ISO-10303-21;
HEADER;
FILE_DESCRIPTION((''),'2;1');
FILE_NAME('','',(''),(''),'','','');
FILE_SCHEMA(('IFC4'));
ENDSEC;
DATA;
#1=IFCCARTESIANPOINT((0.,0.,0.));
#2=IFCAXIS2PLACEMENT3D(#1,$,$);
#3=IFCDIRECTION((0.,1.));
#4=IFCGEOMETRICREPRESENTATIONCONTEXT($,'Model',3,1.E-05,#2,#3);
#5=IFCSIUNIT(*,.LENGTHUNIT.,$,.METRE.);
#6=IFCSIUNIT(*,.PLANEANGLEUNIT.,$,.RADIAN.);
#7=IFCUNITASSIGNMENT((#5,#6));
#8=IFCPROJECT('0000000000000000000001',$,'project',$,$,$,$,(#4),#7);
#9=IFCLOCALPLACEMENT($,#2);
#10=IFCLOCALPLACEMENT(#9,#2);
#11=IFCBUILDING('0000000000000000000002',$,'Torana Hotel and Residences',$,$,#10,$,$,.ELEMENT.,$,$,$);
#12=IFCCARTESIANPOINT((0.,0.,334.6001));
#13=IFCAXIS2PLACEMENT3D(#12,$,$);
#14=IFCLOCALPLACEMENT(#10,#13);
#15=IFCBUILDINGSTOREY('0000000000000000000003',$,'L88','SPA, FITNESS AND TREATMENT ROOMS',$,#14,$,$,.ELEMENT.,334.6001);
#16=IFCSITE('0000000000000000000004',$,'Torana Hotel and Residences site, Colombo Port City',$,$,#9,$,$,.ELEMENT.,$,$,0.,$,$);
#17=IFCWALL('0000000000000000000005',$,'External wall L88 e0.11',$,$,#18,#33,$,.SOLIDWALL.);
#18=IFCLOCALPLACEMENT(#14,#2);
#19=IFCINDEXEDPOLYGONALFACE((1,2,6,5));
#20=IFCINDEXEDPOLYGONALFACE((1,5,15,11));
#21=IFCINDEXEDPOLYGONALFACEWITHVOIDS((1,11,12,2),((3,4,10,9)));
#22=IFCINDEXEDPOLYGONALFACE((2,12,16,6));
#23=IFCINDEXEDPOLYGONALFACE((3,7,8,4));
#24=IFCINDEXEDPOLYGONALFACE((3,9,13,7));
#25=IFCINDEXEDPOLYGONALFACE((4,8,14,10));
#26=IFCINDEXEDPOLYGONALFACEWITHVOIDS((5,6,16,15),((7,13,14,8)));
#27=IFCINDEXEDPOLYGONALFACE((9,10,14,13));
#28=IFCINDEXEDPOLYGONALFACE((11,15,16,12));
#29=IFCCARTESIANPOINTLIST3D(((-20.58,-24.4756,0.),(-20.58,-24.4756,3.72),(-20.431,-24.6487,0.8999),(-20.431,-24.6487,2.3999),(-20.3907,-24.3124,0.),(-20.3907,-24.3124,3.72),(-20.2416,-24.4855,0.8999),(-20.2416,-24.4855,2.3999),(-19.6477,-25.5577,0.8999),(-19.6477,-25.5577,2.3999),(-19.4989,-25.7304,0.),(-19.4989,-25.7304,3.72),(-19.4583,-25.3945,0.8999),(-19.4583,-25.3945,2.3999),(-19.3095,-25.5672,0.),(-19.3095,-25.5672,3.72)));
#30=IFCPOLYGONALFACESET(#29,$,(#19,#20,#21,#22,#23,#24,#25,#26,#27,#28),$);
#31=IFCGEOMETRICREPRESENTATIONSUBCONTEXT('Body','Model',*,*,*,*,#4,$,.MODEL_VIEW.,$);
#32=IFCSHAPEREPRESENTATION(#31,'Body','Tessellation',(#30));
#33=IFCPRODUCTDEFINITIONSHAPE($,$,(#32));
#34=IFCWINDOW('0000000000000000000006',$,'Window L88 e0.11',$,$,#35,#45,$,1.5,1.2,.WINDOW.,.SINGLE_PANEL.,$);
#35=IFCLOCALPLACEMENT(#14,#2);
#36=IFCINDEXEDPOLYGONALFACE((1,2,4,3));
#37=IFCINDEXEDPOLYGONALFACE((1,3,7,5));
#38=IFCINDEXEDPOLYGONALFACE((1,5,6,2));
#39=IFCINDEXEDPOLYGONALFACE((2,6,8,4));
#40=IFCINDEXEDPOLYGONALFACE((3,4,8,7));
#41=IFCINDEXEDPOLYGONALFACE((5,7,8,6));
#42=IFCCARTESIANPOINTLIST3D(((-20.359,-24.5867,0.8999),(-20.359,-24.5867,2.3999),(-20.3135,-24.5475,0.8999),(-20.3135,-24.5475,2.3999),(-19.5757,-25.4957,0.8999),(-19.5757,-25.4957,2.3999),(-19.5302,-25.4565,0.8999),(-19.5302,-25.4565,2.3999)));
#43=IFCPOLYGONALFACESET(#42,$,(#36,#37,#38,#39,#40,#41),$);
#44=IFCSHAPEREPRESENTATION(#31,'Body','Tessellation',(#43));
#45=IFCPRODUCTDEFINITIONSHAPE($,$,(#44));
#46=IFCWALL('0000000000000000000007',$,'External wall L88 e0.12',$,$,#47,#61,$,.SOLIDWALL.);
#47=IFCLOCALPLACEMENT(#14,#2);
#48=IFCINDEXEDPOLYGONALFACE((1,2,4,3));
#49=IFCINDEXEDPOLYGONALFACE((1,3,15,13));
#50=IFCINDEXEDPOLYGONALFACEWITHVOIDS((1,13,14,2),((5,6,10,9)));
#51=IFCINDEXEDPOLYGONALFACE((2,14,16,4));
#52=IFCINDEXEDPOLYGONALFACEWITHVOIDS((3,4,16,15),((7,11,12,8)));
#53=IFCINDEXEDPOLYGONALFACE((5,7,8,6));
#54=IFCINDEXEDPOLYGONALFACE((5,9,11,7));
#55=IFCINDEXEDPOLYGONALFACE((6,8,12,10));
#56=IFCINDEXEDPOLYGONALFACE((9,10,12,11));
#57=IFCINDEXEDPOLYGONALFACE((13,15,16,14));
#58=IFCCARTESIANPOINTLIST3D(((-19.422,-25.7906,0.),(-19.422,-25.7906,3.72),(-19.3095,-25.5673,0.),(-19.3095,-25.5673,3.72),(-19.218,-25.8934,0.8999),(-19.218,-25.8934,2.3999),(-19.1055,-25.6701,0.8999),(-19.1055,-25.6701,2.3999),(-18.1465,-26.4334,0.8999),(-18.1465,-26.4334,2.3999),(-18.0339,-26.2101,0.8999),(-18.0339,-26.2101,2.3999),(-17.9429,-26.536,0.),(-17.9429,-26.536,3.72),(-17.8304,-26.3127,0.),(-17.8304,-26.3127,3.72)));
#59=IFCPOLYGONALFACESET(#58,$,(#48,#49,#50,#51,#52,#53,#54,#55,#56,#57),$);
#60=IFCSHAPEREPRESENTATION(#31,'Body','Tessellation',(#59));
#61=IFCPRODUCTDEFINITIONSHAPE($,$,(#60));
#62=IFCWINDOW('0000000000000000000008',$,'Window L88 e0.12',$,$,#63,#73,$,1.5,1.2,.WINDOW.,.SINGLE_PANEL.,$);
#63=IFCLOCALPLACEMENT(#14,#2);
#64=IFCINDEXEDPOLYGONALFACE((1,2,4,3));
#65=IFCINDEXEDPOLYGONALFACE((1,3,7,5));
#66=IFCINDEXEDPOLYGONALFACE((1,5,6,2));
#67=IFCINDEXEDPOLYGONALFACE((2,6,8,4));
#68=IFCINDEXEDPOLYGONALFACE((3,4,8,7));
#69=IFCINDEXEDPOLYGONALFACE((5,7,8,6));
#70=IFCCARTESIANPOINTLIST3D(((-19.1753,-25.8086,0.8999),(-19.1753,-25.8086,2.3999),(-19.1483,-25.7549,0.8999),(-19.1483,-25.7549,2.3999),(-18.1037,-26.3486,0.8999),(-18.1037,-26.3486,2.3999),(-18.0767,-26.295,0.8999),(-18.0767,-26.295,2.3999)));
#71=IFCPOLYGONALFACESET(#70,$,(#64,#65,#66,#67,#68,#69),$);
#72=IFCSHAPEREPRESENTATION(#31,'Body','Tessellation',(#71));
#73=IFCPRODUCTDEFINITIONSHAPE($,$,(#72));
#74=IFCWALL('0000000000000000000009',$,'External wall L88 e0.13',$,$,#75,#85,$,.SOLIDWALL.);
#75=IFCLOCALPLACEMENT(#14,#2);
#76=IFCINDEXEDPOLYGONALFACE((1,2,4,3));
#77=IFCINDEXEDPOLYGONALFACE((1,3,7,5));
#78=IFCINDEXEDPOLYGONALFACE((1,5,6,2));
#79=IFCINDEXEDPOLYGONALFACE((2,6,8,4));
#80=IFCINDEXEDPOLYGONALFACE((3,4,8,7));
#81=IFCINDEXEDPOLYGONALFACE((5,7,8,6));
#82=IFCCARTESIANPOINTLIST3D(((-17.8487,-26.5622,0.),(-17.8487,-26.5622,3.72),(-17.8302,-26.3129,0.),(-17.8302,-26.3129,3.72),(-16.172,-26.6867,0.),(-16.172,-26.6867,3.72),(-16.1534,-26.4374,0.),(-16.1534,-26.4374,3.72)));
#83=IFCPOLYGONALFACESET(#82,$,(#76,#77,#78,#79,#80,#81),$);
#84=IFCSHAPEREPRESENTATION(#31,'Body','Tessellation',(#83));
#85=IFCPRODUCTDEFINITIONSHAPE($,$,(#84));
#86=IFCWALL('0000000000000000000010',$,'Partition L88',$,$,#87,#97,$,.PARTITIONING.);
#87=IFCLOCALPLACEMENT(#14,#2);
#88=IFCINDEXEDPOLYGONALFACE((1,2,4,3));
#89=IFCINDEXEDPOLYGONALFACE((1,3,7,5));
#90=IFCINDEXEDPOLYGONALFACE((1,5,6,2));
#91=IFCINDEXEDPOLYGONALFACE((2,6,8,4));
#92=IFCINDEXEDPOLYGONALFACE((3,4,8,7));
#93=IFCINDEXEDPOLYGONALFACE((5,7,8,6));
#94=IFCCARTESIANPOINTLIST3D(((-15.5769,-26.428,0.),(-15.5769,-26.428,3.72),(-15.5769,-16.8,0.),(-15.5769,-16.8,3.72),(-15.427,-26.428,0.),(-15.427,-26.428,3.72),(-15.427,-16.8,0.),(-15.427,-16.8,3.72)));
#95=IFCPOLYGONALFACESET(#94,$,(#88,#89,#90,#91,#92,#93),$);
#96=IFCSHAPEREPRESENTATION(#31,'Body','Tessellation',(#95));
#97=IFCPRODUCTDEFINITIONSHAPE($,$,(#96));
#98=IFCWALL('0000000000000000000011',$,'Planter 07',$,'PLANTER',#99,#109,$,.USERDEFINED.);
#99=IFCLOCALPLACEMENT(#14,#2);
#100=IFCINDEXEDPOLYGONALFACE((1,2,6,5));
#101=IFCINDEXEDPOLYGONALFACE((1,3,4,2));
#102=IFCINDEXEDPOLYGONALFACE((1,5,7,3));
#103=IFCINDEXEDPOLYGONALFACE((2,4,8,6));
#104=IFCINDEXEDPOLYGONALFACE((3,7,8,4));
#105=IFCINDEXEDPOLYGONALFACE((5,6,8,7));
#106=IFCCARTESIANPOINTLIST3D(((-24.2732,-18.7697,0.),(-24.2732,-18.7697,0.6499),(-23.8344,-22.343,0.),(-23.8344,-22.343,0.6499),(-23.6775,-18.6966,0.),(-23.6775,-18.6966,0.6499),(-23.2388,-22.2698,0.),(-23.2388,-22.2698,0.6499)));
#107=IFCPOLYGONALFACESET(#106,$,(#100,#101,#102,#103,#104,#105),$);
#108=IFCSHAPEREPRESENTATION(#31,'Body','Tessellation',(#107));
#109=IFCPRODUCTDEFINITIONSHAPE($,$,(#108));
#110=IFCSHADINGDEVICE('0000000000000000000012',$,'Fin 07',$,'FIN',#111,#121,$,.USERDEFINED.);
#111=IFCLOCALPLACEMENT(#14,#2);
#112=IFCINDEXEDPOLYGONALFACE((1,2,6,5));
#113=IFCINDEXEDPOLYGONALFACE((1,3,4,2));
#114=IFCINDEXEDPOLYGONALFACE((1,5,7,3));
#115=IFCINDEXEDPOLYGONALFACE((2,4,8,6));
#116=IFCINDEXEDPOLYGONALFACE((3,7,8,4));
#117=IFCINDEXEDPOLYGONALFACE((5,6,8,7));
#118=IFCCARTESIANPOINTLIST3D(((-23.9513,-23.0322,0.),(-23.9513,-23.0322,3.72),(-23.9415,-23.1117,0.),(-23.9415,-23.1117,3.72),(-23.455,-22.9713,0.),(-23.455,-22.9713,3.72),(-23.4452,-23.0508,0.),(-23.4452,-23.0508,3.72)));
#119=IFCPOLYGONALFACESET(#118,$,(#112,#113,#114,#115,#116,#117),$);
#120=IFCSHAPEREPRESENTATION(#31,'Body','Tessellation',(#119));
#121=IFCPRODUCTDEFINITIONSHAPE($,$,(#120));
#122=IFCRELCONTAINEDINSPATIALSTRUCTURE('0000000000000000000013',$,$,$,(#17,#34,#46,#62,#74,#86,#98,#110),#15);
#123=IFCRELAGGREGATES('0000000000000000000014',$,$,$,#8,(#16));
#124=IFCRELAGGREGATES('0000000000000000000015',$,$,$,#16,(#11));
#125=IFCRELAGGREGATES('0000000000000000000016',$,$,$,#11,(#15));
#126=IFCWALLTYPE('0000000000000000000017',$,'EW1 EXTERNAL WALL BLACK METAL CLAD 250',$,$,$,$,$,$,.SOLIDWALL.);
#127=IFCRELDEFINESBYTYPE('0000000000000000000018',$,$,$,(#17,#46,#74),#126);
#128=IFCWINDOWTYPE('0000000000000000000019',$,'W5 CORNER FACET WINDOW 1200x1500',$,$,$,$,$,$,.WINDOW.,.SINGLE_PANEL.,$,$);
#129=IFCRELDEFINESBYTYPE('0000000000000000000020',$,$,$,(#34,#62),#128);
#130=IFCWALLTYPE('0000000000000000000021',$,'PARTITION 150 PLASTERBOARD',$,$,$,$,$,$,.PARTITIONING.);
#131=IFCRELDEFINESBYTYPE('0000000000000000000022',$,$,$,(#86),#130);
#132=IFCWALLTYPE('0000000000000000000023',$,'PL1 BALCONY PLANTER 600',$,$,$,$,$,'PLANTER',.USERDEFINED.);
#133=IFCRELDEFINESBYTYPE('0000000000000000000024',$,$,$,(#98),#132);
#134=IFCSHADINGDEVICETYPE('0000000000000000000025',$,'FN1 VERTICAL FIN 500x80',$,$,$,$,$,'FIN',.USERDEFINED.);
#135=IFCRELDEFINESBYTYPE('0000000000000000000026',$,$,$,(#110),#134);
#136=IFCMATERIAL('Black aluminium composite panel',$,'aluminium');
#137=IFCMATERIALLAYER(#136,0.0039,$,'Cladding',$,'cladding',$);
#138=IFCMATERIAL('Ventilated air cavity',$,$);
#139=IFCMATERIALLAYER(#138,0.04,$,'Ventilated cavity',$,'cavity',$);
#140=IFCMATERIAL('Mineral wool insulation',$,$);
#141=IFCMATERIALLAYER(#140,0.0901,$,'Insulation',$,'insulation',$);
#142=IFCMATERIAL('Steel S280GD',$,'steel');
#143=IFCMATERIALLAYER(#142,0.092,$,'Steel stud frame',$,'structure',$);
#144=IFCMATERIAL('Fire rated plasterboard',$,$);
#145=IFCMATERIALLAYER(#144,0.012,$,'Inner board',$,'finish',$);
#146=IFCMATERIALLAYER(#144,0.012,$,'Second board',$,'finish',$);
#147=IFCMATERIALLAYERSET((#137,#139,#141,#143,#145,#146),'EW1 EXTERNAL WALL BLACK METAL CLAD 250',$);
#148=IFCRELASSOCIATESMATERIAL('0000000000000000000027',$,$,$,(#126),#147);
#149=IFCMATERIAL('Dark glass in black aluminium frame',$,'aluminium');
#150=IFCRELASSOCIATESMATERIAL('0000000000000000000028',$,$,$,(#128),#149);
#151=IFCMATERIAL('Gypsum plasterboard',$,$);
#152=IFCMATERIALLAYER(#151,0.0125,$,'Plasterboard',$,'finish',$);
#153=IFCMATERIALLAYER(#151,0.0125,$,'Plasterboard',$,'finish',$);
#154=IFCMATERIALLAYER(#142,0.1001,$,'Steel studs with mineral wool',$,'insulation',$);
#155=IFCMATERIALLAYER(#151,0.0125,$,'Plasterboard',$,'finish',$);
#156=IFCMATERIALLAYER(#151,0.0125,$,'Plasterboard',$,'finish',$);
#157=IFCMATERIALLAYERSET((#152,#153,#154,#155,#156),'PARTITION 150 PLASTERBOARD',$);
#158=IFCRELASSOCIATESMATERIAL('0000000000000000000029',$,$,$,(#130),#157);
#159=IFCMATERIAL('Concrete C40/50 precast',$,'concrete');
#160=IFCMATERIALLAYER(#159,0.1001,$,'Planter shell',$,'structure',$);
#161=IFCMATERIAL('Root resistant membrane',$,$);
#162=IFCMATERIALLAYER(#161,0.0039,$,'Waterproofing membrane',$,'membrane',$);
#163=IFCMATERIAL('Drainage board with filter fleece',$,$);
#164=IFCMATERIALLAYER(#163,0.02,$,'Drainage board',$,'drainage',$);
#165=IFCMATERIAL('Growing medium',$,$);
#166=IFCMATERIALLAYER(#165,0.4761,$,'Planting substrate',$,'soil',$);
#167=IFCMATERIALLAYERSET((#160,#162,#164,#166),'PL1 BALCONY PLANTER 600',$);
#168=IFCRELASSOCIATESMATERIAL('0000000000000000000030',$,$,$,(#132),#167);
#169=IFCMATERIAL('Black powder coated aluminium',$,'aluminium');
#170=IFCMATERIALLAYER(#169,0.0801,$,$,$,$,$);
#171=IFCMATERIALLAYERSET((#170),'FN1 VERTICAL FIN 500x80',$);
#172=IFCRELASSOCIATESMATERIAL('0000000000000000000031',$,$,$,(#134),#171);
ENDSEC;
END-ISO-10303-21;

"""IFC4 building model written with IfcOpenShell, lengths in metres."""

from ifc_helpers import new_model, si_unit, direction, frame, frame_2d, origin, origin_2d, place, context, subcontext, project, spatial, rectangle, extrude, material, layer, layer_set, type_object, element, fill, save


model = new_model("IFC4")

# Units and contexts
model_context = context("Model", 3, precision=1e-05, world=origin(), true_north=direction((0.0, 1.0)))
body_context = subcontext(model_context, "Body", "Model", "MODEL_VIEW")
ifc_project = project(units=[si_unit("LENGTHUNIT", "METRE"), si_unit("PLANEANGLEUNIT", "RADIAN")], contexts=[model_context])

# Site, building, storey
site_placement = place(None, origin())
site = spatial("IfcSite", under=ifc_project, at=site_placement, Name="Torana Hotel and Residences site, Colombo Port City", CompositionType="ELEMENT", RefElevation=0.0)
building_placement = place(site_placement, origin())
building = spatial("IfcBuilding", under=site, at=building_placement, Name="Torana Hotel and Residences", CompositionType="ELEMENT")
storey_placement = place(building_placement, frame((0.0, 0.0, 334.6001)))
storey = spatial("IfcBuildingStorey", under=building, at=storey_placement, Name="L88", Description="SPA, FITNESS AND TREATMENT ROOMS", CompositionType="ELEMENT", Elevation=334.6001)

# Shared definitions
ifc_material_1 = material(Name="Black aluminium composite panel", Category="aluminium")
ifc_layer_1 = layer(ifc_material_1, 0.0039, Name="Cladding", Category="cladding")
ifc_material_2 = material(Name="Ventilated air cavity")
ifc_layer_2 = layer(ifc_material_2, 0.04, Name="Ventilated cavity", Category="cavity")
ifc_material_3 = material(Name="Mineral wool insulation")
ifc_layer_3 = layer(ifc_material_3, 0.0901, Name="Insulation", Category="insulation")
ifc_material_4 = material(Name="Steel S280GD", Category="steel")
ifc_layer_4 = layer(ifc_material_4, 0.092, Name="Steel stud frame", Category="structure")
ifc_material_5 = material(Name="Fire rated plasterboard")
ifc_layer_5 = layer(ifc_material_5, 0.012, Name="Inner board", Category="finish")
ifc_layer_6 = layer(ifc_material_5, 0.012, Name="Second board", Category="finish")
ifc_layer_set_1 = layer_set([ifc_layer_1, ifc_layer_2, ifc_layer_3, ifc_layer_4, ifc_layer_5, ifc_layer_6], Name="EW1 EXTERNAL WALL BLACK METAL CLAD 250")
wall_type_1 = type_object("IfcWallType", Name="EW1 EXTERNAL WALL BLACK METAL CLAD 250", PredefinedType="SOLIDWALL", material=ifc_layer_set_1)

# Walls, openings, windows
wall_1_placement = place(storey_placement, frame((-20.4854, -24.394, 0.0), z_axis=(0.0, 0.0, 1.0), x_axis=(0.652756, -0.757568, 0.0)))
wall_1 = element("IfcWall", 1, at=wall_1_placement, inside=storey, type_object=wall_type_1, Name="External wall L88 e0.11", PredefinedType="SOLIDWALL", context=body_context, shape_type="SweptSolid", body=[
    extrude(rectangle(XDim=1.6562, YDim=0.25, at=frame_2d((0.8281, 0.0))), origin(), (0.0, 0.0, 1.0), 3.72),
])
opening_1_placement = place(wall_1_placement, frame((0.2283, 0.0, 0.8999)))
opening_1 = element("IfcOpeningElement", 2, at=opening_1_placement, cuts=wall_1, PredefinedType="OPENING", context=body_context, shape_type="SweptSolid", body=[
    extrude(rectangle(XDim=1.2, YDim=1.5, at=frame_2d((0.6001, 0.75))), frame((0.0, 0.135, 0.0), z_axis=(0.0, -1.0, 0.0), x_axis=(1.0, 0.0, 0.0)), (0.0, 0.0, 1.0), 0.27),
])
ifc_material_6 = material(Name="Dark glass in black aluminium frame", Category="aluminium")
window_type = type_object("IfcWindowType", Name="W5 CORNER FACET WINDOW 1200x1500", PartitioningType="SINGLE_PANEL", PredefinedType="WINDOW", material=ifc_material_6)
window_1_placement = place(opening_1_placement, origin())
window_1 = element("IfcWindow", 3, at=window_1_placement, inside=storey, type_object=window_type, Name="Window L88 e0.11", OverallHeight=1.5, OverallWidth=1.2, PartitioningType="SINGLE_PANEL", PredefinedType="WINDOW", context=body_context, shape_type="SweptSolid", body=[
    extrude(rectangle(XDim=1.2, YDim=1.5, at=frame_2d((0.6001, 0.75))), frame((0.0, 0.03, 0.0), z_axis=(0.0, -1.0, 0.0), x_axis=(1.0, 0.0, 0.0)), (0.0, 0.0, 1.0), 0.0601),
])
fill(opening_1, window_1)
wall_2_placement = place(storey_placement, frame((-19.3657, -25.679, 0.0), z_axis=(0.0, 0.0, 1.0), x_axis=(0.893008, -0.450042, 0.0)))
wall_2 = element("IfcWall", 4, at=wall_2_placement, inside=storey, type_object=wall_type_1, Name="External wall L88 e0.12", PredefinedType="SOLIDWALL", context=body_context, shape_type="SweptSolid", body=[
    extrude(rectangle(XDim=1.6562, YDim=0.25, at=frame_2d((0.8281, 0.0))), origin(), (0.0, 0.0, 1.0), 3.72),
])
opening_2_placement = place(wall_2_placement, frame((0.2283, 0.0, 0.8999)))
opening_2 = element("IfcOpeningElement", 5, at=opening_2_placement, cuts=wall_2, PredefinedType="OPENING", context=body_context, shape_type="SweptSolid", body=[
    extrude(rectangle(XDim=1.2, YDim=1.5, at=frame_2d((0.6001, 0.75))), frame((0.0, 0.135, 0.0), z_axis=(0.0, -1.0, 0.0), x_axis=(1.0, 0.0, 0.0)), (0.0, 0.0, 1.0), 0.27),
])
window_2_placement = place(opening_2_placement, origin())
window_2 = element("IfcWindow", 6, at=window_2_placement, inside=storey, type_object=window_type, Name="Window L88 e0.12", OverallHeight=1.5, OverallWidth=1.2, PartitioningType="SINGLE_PANEL", PredefinedType="WINDOW", context=body_context, shape_type="SweptSolid", body=[
    extrude(rectangle(XDim=1.2, YDim=1.5, at=frame_2d((0.6001, 0.75))), frame((0.0, 0.03, 0.0), z_axis=(0.0, -1.0, 0.0), x_axis=(1.0, 0.0, 0.0)), (0.0, 0.0, 1.0), 0.0601),
])
fill(opening_2, window_2)

# Wall
wall_3_placement = place(storey_placement, frame((-17.8396, -26.4375, 0.0), z_axis=(0.0, 0.0, 1.0), x_axis=(0.997254, -0.074054, 0.0)))
element("IfcWall", 7, at=wall_3_placement, inside=storey, type_object=wall_type_1, Name="External wall L88 e0.13", PredefinedType="SOLIDWALL", context=body_context, shape_type="SweptSolid", body=[
    extrude(rectangle(XDim=1.6814, YDim=0.25, at=frame_2d((0.8408, 0.0))), origin(), (0.0, 0.0, 1.0), 3.72),
])

# Walls
ifc_material_7 = material(Name="Gypsum plasterboard")
ifc_layer_7 = layer(ifc_material_7, 0.0125, Name="Plasterboard", Category="finish")
ifc_layer_8 = layer(ifc_material_7, 0.0125, Name="Plasterboard", Category="finish")
ifc_layer_9 = layer(ifc_material_4, 0.1001, Name="Steel studs with mineral wool", Category="insulation")
ifc_layer_10 = layer(ifc_material_7, 0.0125, Name="Plasterboard", Category="finish")
ifc_layer_11 = layer(ifc_material_7, 0.0125, Name="Plasterboard", Category="finish")
ifc_layer_set_2 = layer_set([ifc_layer_7, ifc_layer_8, ifc_layer_9, ifc_layer_10, ifc_layer_11], Name="PARTITION 150 PLASTERBOARD")
wall_type_2 = type_object("IfcWallType", Name="PARTITION 150 PLASTERBOARD", PredefinedType="PARTITIONING", material=ifc_layer_set_2)
wall_4_placement = place(storey_placement, frame((-15.502, -26.428, 0.0), z_axis=(0.0, 0.0, 1.0), x_axis=(0.0, 1.0, 0.0)))
element("IfcWall", 8, at=wall_4_placement, inside=storey, type_object=wall_type_2, Name="Partition L88", PredefinedType="PARTITIONING", context=body_context, shape_type="SweptSolid", body=[
    extrude(rectangle(XDim=9.6279, YDim=0.1499, at=frame_2d((4.814, 0.0))), origin(), (0.0, 0.0, 1.0), 3.72),
])
ifc_material_8 = material(Name="Concrete C40/50 precast", Category="concrete")
ifc_layer_12 = layer(ifc_material_8, 0.1001, Name="Planter shell", Category="structure")
ifc_material_9 = material(Name="Root resistant membrane")
ifc_layer_13 = layer(ifc_material_9, 0.0039, Name="Waterproofing membrane", Category="membrane")
ifc_material_10 = material(Name="Drainage board with filter fleece")
ifc_layer_14 = layer(ifc_material_10, 0.02, Name="Drainage board", Category="drainage")
ifc_material_11 = material(Name="Growing medium")
ifc_layer_15 = layer(ifc_material_11, 0.4761, Name="Planting substrate", Category="soil")
ifc_layer_set_3 = layer_set([ifc_layer_12, ifc_layer_13, ifc_layer_14, ifc_layer_15], Name="PL1 BALCONY PLANTER 600")
wall_type_3 = type_object("IfcWallType", Name="PL1 BALCONY PLANTER 600", ElementType="PLANTER", PredefinedType="USERDEFINED", material=ifc_layer_set_3)
wall_5_placement = place(storey_placement, frame((-23.5366, -22.3064, 0.0), z_axis=(0.0, 0.0, 1.0), x_axis=(-0.121864, 0.992547, 0.0)))
element("IfcWall", 9, at=wall_5_placement, inside=storey, type_object=wall_type_3, Name="Planter 07", ObjectType="PLANTER", PredefinedType="USERDEFINED", context=body_context, shape_type="SweptSolid", body=[
    extrude(rectangle(XDim=3.6001, YDim=0.6001, at=frame_2d((1.8, 0.0))), origin(), (0.0, 0.0, 1.0), 0.6499),
])

# Shading device
ifc_material_12 = material(Name="Black powder coated aluminium", Category="aluminium")
ifc_layer_16 = layer(ifc_material_12, 0.0801)
ifc_layer_set_4 = layer_set([ifc_layer_16], Name="FN1 VERTICAL FIN 500x80")
shading_device_type = type_object("IfcShadingDeviceType", Name="FN1 VERTICAL FIN 500x80", ElementType="FIN", PredefinedType="USERDEFINED", material=ifc_layer_set_4)
shading_device_placement = place(storey_placement, frame((-23.6982, -23.0415, 0.0), z_axis=(0.0, 0.0, 1.0), x_axis=(-0.121881, 0.992545, 0.0)))
element("IfcShadingDevice", 10, at=shading_device_placement, inside=storey, type_object=shading_device_type, Name="Fin 07", ObjectType="FIN", PredefinedType="USERDEFINED", context=body_context, shape_type="SweptSolid", body=[
    extrude(rectangle(XDim=0.0801, YDim=0.5, at=origin_2d()), origin(), (0.0, 0.0, 1.0), 3.72),
])

save(model, "model.ifc")
